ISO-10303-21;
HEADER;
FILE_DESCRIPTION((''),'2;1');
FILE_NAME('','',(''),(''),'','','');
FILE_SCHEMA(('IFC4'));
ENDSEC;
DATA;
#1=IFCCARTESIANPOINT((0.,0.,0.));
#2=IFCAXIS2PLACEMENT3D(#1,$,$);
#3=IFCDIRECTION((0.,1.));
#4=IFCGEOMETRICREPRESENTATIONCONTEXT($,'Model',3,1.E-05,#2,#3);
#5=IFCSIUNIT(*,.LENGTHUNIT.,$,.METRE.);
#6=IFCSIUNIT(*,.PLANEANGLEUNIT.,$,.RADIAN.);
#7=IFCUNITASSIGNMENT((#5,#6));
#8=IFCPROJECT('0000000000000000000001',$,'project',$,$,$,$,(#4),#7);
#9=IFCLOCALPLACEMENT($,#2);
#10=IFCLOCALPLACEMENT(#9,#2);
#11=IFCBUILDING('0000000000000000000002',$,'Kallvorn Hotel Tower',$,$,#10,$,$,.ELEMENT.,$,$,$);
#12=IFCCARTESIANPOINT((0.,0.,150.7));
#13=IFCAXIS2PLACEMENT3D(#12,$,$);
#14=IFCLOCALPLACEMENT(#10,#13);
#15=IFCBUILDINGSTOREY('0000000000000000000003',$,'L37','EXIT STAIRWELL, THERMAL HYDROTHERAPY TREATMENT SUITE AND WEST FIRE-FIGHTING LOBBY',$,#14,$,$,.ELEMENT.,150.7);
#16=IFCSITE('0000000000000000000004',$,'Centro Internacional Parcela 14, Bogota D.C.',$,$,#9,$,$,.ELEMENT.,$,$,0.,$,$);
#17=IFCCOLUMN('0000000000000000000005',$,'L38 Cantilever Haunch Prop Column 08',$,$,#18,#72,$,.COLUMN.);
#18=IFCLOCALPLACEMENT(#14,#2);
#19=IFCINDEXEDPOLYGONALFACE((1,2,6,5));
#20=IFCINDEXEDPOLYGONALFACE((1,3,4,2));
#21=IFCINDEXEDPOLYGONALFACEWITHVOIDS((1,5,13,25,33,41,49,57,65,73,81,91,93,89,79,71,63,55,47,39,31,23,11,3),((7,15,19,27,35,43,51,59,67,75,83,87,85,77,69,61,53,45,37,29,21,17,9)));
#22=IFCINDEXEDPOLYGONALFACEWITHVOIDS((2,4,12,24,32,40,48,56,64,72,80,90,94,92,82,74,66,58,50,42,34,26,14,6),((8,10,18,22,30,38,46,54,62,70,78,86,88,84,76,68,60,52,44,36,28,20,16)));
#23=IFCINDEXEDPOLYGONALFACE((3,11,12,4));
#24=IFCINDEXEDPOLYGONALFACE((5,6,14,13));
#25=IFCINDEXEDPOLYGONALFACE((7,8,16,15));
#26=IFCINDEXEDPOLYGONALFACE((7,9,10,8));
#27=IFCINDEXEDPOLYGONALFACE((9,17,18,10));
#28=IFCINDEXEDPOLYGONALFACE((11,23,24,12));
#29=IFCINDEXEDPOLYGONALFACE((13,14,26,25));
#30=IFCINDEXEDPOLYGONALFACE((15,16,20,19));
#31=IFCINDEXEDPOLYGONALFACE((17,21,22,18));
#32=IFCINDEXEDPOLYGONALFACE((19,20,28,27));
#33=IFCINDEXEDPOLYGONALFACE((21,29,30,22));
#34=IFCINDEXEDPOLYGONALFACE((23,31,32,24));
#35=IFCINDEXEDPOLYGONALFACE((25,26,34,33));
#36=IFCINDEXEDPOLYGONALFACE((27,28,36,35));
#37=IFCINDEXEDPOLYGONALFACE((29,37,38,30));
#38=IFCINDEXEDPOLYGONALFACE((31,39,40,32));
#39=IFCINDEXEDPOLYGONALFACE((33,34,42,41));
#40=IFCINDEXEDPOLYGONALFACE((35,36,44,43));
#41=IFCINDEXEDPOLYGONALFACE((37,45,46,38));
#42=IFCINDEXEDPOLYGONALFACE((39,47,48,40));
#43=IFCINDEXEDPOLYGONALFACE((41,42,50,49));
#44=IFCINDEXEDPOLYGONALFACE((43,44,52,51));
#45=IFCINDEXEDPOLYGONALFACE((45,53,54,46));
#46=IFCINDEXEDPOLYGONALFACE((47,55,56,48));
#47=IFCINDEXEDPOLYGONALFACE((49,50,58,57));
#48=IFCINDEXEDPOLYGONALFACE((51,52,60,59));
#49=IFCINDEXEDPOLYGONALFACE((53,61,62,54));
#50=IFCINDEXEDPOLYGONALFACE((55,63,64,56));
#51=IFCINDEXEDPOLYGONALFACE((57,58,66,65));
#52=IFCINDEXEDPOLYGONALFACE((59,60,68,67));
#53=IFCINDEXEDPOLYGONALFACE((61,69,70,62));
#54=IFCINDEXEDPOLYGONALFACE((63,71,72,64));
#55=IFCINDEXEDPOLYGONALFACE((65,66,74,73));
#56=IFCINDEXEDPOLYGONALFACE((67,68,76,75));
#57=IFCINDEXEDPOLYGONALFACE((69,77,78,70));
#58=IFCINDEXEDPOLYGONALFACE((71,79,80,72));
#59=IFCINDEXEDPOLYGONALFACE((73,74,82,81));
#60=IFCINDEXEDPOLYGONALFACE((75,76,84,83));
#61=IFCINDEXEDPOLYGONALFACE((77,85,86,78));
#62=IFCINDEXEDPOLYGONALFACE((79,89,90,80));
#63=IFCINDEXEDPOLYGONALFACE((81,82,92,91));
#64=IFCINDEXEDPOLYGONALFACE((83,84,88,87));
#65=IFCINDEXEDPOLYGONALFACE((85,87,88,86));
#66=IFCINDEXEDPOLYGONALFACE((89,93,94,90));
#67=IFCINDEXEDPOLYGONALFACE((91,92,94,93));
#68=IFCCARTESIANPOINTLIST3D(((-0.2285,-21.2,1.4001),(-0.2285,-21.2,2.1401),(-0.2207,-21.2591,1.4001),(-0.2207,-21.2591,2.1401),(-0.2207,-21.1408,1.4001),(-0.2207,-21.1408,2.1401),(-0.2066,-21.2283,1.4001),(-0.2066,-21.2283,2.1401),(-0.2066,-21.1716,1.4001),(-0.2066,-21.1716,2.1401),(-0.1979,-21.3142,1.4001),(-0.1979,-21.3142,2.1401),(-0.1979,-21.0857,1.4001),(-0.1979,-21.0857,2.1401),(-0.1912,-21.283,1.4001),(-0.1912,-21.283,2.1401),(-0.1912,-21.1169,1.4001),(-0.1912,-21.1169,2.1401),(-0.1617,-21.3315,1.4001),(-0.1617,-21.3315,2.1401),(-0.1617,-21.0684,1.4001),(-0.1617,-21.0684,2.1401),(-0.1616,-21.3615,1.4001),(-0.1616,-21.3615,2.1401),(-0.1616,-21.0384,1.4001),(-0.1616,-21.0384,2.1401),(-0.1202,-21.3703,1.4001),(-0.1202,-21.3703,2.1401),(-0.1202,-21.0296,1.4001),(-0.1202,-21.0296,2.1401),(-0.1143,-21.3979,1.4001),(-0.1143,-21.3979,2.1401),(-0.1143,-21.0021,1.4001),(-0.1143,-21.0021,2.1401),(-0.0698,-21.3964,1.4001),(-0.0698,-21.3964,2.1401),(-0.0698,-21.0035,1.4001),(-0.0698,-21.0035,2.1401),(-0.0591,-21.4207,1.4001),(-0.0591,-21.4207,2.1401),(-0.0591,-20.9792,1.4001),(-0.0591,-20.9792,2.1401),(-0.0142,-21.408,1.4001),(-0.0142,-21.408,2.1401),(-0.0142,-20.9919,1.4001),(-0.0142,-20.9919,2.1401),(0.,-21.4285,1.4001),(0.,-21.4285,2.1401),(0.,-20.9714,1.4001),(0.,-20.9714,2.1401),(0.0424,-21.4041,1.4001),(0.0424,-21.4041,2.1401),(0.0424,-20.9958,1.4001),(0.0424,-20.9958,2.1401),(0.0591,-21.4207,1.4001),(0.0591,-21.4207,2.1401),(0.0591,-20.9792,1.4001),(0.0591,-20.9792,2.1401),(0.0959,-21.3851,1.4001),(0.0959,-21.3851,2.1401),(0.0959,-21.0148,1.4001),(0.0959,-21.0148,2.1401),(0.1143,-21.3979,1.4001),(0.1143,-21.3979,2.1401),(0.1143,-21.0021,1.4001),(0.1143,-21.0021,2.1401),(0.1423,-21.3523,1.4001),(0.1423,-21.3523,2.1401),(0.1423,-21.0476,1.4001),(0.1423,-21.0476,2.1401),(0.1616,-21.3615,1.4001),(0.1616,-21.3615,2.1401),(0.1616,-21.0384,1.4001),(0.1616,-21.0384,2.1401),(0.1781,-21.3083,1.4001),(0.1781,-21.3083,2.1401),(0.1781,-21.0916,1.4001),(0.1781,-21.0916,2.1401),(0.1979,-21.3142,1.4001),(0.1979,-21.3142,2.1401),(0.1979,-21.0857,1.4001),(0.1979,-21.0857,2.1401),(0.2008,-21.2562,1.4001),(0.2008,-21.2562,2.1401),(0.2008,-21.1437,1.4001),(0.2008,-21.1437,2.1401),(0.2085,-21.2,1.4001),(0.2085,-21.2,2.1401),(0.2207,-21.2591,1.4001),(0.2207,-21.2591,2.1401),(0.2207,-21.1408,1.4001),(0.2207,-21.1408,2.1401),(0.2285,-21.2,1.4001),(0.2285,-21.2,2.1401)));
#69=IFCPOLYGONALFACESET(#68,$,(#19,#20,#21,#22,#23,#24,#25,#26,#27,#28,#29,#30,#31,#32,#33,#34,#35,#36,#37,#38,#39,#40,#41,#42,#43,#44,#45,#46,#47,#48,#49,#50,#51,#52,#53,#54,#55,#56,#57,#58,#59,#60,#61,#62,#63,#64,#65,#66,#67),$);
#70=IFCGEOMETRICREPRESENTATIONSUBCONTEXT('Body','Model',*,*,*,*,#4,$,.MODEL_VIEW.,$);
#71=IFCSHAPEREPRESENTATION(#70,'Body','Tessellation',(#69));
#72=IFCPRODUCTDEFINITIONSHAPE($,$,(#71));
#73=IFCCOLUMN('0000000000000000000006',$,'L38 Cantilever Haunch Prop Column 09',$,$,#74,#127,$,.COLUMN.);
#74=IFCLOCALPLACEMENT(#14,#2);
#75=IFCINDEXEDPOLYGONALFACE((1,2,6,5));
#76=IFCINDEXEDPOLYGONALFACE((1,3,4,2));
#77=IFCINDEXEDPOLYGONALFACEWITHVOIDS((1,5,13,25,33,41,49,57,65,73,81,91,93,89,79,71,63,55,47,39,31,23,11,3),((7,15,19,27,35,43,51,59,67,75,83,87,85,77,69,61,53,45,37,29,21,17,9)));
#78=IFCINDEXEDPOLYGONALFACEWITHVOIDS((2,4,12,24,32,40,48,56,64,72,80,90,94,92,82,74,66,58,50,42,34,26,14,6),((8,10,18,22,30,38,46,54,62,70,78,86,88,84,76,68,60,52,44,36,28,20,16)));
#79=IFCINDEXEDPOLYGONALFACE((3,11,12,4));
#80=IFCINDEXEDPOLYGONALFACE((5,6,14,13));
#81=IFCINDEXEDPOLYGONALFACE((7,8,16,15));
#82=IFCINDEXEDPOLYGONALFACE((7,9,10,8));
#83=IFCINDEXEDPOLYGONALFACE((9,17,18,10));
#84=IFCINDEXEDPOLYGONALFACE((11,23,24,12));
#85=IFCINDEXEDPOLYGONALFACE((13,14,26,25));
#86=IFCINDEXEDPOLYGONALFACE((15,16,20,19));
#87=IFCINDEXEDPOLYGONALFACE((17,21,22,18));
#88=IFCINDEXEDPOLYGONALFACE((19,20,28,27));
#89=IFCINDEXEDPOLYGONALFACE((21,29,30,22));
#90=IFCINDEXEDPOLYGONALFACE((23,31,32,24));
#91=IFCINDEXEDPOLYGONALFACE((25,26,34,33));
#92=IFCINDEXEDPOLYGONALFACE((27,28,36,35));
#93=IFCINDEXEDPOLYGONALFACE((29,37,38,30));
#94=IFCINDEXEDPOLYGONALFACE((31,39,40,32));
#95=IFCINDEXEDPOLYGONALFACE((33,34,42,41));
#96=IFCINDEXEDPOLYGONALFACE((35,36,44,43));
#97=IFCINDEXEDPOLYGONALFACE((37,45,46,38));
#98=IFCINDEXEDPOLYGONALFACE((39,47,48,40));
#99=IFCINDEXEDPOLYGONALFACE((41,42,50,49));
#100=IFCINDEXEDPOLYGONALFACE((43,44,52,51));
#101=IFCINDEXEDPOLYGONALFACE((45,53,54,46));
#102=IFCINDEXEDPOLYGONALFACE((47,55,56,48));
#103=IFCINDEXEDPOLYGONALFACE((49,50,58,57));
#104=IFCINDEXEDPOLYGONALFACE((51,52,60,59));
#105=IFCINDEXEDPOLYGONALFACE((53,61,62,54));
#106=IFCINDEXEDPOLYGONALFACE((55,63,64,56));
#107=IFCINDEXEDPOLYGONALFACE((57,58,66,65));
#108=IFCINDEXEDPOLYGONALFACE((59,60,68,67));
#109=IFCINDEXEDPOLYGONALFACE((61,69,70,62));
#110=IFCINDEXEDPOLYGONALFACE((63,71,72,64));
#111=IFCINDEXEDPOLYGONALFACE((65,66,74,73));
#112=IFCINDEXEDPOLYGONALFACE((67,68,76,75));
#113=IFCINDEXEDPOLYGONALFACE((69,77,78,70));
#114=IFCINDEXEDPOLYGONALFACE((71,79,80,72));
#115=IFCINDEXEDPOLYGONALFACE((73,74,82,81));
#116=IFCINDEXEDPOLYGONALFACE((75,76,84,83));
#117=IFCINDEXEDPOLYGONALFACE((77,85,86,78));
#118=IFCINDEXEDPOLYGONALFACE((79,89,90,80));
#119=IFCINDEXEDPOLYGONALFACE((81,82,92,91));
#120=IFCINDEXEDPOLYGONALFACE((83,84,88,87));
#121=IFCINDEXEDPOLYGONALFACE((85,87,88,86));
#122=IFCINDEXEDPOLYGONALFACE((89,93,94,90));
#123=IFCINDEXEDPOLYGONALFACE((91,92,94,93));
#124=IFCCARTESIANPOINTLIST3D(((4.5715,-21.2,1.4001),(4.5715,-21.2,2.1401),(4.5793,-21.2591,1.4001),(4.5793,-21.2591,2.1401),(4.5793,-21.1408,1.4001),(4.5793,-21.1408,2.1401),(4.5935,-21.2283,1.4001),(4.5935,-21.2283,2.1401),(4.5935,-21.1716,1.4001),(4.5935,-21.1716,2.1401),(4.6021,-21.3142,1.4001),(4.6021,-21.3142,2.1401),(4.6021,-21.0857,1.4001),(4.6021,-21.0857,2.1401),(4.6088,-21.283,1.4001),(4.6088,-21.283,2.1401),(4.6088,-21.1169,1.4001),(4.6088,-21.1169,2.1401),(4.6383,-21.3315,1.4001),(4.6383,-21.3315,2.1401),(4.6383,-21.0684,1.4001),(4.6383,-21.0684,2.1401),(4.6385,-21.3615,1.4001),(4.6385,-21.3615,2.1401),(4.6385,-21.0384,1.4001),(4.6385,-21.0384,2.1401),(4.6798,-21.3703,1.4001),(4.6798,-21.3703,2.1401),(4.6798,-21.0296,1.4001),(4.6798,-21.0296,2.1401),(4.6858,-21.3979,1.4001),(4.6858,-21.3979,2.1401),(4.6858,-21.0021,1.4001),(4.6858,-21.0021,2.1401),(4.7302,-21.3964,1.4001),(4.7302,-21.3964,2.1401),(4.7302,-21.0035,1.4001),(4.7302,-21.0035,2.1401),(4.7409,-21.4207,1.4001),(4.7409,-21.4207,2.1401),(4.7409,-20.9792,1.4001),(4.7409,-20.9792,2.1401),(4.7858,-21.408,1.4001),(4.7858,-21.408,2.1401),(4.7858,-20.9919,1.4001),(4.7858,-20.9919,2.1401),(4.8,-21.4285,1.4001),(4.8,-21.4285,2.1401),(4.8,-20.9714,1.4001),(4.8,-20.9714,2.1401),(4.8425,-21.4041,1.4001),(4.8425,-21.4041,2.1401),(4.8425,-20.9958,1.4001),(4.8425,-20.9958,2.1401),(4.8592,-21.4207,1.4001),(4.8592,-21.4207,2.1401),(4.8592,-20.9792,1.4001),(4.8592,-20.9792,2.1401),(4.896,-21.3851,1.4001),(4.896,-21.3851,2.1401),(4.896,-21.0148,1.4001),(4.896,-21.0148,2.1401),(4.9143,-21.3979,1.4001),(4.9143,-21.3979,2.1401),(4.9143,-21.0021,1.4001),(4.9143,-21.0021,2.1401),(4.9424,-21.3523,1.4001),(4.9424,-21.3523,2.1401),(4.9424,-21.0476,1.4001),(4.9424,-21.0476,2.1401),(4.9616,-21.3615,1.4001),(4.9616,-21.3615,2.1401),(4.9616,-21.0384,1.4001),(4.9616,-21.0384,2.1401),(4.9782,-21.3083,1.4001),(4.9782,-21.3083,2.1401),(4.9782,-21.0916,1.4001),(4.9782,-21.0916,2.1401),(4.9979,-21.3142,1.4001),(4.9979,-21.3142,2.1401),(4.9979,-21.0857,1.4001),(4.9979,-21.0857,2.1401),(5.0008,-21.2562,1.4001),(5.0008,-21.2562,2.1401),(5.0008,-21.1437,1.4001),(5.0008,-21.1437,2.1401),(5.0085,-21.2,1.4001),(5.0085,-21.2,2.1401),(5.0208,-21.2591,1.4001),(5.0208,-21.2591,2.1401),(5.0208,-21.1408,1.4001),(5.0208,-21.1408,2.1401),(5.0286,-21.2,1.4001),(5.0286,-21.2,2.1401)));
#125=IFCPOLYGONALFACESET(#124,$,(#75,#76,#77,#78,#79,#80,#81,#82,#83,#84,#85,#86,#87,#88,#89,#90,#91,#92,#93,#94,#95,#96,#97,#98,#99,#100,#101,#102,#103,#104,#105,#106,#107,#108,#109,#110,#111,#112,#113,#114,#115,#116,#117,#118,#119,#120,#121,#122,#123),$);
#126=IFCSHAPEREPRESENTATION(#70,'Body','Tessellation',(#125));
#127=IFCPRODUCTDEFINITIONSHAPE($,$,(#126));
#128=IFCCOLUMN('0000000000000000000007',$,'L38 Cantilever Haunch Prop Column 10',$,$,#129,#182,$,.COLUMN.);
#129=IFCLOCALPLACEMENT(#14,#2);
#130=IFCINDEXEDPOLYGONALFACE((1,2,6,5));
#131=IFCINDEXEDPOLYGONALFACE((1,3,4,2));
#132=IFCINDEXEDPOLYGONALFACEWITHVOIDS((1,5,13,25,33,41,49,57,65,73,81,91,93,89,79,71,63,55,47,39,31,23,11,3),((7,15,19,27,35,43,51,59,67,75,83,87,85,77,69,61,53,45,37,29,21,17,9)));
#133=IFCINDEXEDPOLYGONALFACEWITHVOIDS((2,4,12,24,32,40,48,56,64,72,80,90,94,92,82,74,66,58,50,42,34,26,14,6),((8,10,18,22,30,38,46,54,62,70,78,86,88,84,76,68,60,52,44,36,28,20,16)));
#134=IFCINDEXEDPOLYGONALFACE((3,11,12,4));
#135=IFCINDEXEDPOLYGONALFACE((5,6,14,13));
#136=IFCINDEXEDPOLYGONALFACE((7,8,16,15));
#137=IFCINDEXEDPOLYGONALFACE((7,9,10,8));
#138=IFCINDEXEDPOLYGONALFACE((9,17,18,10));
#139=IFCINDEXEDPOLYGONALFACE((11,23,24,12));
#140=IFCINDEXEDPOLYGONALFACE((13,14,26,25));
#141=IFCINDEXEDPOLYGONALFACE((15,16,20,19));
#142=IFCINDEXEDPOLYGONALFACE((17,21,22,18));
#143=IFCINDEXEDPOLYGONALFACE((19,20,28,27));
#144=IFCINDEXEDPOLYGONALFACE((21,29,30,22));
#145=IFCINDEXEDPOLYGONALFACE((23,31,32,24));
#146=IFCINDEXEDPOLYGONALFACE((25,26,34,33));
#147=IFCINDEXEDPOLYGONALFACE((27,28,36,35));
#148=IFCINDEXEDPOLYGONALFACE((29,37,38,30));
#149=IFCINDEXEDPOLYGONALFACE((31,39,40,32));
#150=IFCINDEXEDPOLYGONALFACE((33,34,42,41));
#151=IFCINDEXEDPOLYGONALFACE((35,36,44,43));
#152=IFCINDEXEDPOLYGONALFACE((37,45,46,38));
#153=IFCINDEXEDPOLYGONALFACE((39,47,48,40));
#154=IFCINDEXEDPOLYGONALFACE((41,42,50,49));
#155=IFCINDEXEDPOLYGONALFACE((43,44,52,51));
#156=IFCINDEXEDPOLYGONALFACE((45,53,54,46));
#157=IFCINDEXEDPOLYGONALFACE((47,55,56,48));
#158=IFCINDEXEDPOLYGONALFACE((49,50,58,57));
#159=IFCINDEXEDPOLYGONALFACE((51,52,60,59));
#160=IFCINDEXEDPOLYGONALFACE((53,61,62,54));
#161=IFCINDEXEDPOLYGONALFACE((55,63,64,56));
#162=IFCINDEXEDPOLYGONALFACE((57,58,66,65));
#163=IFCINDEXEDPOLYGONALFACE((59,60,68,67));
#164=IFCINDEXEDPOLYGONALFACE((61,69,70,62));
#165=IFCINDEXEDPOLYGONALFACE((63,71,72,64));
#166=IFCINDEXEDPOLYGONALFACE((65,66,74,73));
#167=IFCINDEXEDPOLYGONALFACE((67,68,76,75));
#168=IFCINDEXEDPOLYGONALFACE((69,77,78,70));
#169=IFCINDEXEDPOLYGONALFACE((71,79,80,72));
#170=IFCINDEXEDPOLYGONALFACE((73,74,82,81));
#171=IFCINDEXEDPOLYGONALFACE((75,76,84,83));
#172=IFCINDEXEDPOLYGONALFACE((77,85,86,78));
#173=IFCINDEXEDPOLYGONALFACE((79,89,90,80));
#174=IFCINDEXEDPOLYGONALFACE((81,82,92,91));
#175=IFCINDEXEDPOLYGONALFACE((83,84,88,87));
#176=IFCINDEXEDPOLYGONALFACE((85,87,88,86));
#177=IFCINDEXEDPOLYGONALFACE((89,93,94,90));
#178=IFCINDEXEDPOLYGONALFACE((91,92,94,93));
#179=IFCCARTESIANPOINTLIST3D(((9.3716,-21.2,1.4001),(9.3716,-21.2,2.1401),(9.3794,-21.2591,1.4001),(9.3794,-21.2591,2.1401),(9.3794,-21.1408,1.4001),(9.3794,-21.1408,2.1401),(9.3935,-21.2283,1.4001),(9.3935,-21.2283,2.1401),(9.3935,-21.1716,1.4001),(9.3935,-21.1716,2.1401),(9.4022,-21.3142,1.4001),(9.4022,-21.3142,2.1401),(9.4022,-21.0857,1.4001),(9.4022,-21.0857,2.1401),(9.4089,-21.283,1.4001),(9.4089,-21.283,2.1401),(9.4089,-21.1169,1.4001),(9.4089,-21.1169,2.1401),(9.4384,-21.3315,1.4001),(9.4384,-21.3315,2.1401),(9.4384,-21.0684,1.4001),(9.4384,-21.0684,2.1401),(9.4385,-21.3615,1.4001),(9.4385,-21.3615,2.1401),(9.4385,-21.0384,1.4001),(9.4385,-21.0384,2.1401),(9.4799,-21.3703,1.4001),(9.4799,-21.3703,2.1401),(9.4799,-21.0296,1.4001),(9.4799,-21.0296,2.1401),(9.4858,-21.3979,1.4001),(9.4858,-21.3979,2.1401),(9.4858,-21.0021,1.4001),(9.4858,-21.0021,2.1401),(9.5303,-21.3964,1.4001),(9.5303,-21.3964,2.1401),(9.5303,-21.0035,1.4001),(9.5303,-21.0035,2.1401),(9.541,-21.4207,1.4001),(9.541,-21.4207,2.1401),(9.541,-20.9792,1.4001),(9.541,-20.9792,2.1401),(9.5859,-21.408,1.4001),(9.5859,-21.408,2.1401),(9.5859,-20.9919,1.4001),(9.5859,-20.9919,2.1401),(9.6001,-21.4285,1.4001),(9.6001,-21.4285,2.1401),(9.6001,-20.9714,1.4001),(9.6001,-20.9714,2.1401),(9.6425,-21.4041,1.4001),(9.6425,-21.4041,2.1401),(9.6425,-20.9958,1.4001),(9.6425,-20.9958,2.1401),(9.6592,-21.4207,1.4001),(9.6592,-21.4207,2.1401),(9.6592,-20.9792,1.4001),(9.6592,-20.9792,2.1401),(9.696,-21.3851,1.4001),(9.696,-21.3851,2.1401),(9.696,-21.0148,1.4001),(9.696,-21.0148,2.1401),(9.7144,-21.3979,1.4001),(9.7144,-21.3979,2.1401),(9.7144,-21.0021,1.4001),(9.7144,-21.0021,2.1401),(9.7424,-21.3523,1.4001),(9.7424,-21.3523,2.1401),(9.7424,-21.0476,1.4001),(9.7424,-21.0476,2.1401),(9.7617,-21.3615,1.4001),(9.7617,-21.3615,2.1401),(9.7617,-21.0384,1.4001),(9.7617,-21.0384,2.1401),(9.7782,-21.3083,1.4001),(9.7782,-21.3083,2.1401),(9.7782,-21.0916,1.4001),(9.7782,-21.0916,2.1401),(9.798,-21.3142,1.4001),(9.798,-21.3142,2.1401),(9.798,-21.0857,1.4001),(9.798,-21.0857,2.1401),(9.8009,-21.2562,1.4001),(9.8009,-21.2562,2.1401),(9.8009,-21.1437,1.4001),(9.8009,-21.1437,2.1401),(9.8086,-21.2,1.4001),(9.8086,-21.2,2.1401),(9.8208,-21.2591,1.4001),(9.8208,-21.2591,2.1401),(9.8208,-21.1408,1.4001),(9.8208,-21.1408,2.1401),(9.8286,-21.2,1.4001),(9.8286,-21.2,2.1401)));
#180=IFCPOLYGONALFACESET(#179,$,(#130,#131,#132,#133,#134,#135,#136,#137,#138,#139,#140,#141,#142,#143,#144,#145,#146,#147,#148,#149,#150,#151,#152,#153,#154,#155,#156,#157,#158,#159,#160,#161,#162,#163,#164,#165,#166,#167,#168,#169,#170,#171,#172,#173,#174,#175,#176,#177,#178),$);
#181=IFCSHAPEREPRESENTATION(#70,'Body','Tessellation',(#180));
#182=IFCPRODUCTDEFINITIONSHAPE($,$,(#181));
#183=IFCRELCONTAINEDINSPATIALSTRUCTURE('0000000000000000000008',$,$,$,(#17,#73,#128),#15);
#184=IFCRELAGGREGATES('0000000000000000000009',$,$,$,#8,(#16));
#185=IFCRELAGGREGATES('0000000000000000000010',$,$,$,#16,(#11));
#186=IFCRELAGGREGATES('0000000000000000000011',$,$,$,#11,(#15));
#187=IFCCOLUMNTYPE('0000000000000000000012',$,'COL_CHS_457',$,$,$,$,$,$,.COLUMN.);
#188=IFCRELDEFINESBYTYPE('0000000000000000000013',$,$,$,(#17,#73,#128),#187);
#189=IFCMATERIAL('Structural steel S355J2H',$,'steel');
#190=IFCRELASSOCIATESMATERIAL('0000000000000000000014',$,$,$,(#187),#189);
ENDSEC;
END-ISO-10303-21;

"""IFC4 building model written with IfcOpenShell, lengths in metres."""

from ifc_helpers import new_model, si_unit, direction, frame, origin, origin_2d, place, context, subcontext, project, spatial, hollow_circle, extrude, material, material_profile, profile_set, type_object, element, save


model = new_model("IFC4")

# Units and contexts
model_context = context("Model", 3, precision=1e-05, world=origin(), true_north=direction((0.0, 1.0)))
body_context = subcontext(model_context, "Body", "Model", "MODEL_VIEW")
ifc_project = project(units=[si_unit("LENGTHUNIT", "METRE"), si_unit("PLANEANGLEUNIT", "RADIAN")], contexts=[model_context])

# Site, building, storey
site_placement = place(None, origin())
site = spatial("IfcSite", under=ifc_project, at=site_placement, Name="Centro Internacional Parcela 14, Bogota D.C.", CompositionType="ELEMENT", RefElevation=0.0)
building_placement = place(site_placement, origin())
building = spatial("IfcBuilding", under=site, at=building_placement, Name="Kallvorn Hotel Tower", CompositionType="ELEMENT")
storey_placement = place(building_placement, frame((0.0, 0.0, 150.7)))
storey = spatial("IfcBuildingStorey", under=building, at=storey_placement, Name="L37", Description="EXIT STAIRWELL, THERMAL HYDROTHERAPY TREATMENT SUITE AND WEST FIRE-FIGHTING LOBBY", CompositionType="ELEMENT", Elevation=150.7)

# Columns
ifc_material_1 = material(Name="Structural steel S355J2H", Category="steel")
ifc_material_profile_1 = material_profile(ifc_material_1, hollow_circle(Radius=0.2285, WallThickness=0.02, at=origin_2d()), Name="CHS 457x20")
ifc_profile_set_1 = profile_set([ifc_material_profile_1], Name="Structural steel S355J2H")
column_type_1 = type_object("IfcColumnType", Name="COL_CHS_457", PredefinedType="COLUMN", material=ifc_profile_set_1)
for number, where, z_axis, x_axis, name in (
    (1, (0.0, -21.2, 1.4001), (0.0, 0.0, 1.0), (1.0, 0.0, 0.0), "L38 Cantilever Haunch Prop Column 08"),
    (2, (4.8, -21.2, 1.4001), (0.0, 0.0, 1.0), (1.0, 0.0, 0.0), "L38 Cantilever Haunch Prop Column 09"),
    (3, (9.6001, -21.2, 1.4001), (0.0, 0.0, 1.0), (1.0, 0.0, 0.0), "L38 Cantilever Haunch Prop Column 10"),
):
    element("IfcColumn", number, at=place(storey_placement, frame(where, z_axis=z_axis, x_axis=x_axis)), inside=storey, type_object=column_type_1, Name=name, PredefinedType="COLUMN", context=body_context, shape_type="SweptSolid", body=[
        extrude(hollow_circle(Radius=0.2285, WallThickness=0.02, at=origin_2d()), origin(), (0.0, 0.0, 1.0), 0.74),
    ])

save(model, "model.ifc")
